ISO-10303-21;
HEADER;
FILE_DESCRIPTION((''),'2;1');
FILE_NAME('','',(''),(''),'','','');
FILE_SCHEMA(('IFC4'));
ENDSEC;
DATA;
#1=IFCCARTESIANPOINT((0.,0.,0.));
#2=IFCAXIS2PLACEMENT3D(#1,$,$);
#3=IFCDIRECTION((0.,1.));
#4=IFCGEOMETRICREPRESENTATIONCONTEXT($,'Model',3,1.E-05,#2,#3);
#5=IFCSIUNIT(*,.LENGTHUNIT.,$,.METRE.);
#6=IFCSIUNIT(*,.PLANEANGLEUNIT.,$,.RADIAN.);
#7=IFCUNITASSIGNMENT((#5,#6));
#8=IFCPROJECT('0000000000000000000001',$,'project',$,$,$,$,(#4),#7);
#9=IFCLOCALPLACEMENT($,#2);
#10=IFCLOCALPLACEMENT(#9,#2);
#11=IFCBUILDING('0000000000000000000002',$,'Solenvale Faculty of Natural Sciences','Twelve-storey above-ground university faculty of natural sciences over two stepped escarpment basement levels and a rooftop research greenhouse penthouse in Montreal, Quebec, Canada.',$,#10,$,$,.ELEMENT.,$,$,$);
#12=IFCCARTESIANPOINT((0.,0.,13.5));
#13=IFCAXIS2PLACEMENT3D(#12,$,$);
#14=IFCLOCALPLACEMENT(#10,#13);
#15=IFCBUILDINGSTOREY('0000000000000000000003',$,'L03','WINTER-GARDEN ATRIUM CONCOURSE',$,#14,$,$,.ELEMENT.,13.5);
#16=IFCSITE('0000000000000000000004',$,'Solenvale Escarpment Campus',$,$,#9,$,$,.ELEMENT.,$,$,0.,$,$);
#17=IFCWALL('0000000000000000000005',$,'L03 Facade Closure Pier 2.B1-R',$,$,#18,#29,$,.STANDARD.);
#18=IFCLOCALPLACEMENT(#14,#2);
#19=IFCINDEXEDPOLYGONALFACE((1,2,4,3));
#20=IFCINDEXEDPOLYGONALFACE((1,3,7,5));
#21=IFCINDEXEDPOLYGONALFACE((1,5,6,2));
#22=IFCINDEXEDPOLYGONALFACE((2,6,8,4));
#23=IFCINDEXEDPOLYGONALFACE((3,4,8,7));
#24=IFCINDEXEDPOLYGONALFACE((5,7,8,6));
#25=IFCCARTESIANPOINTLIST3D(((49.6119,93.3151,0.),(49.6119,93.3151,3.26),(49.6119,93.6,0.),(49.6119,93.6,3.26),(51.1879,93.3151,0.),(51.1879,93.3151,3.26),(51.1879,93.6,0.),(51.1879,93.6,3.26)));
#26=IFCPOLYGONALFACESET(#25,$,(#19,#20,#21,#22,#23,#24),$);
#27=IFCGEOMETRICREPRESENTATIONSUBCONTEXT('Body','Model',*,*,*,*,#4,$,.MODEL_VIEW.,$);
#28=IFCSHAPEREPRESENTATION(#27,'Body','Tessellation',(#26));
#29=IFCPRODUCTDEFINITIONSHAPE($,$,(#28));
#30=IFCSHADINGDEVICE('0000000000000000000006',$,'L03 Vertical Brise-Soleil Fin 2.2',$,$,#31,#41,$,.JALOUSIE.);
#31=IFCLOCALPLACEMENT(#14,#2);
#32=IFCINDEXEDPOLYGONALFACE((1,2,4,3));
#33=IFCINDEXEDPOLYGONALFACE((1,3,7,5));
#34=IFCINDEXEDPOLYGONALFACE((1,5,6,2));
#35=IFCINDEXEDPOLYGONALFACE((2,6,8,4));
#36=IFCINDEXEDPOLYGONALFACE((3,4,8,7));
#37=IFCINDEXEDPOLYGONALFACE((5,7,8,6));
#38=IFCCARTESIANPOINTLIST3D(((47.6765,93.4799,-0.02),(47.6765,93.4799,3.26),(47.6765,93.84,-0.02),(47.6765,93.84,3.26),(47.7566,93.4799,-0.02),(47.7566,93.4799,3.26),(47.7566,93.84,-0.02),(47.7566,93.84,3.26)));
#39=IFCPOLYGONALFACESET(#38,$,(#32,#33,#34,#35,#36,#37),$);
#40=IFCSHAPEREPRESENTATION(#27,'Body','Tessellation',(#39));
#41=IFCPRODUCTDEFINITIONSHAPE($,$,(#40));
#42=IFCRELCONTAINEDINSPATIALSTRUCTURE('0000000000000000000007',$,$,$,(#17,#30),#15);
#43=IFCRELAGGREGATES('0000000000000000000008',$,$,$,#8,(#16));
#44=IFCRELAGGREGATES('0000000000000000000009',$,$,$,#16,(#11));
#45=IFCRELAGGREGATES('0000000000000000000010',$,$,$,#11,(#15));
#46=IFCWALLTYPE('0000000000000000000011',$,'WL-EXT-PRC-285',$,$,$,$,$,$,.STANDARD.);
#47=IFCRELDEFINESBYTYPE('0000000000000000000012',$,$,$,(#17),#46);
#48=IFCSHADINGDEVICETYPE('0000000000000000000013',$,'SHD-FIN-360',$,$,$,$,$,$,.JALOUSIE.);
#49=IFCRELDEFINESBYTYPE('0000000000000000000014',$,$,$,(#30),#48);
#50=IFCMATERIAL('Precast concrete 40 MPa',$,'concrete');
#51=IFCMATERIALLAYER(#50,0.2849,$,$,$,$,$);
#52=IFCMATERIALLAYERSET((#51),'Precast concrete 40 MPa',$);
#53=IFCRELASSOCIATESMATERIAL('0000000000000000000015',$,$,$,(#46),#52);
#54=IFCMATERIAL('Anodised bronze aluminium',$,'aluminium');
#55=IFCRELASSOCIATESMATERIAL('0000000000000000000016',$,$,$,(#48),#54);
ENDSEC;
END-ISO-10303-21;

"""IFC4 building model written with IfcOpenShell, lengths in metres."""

from ifc_helpers import new_model, si_unit, direction, frame, frame_2d, origin, origin_2d, place, context, subcontext, project, spatial, rectangle, extrude, material, layer, layer_set, material_profile, profile_set, type_object, element, save


model = new_model("IFC4")

# Units and contexts
model_context = context("Model", 3, precision=1e-05, world=origin(), true_north=direction((0.0, 1.0)))
body_context = subcontext(model_context, "Body", "Model", "MODEL_VIEW")
ifc_project = project(units=[si_unit("LENGTHUNIT", "METRE"), si_unit("PLANEANGLEUNIT", "RADIAN")], contexts=[model_context])

# Site, building, storey
site_placement = place(None, origin())
site = spatial("IfcSite", under=ifc_project, at=site_placement, Name="Solenvale Escarpment Campus", CompositionType="ELEMENT", RefElevation=0.0)
building_placement = place(site_placement, origin())
building = spatial("IfcBuilding", under=site, at=building_placement, Name="Solenvale Faculty of Natural Sciences", Description="Twelve-storey above-ground university faculty of natural sciences over two stepped escarpment basement levels and a rooftop research greenhouse penthouse in Montreal, Quebec, Canada.", CompositionType="ELEMENT")
storey_placement = place(building_placement, frame((0.0, 0.0, 13.5)))
storey = spatial("IfcBuildingStorey", under=building, at=storey_placement, Name="L03", Description="WINTER-GARDEN ATRIUM CONCOURSE", CompositionType="ELEMENT", Elevation=13.5)

# Shared definitions
ifc_material_1 = material(Name="Anodised bronze aluminium", Category="aluminium")

# Wall
ifc_material_2 = material(Name="Precast concrete 40 MPa", Category="concrete")
ifc_layer_1 = layer(ifc_material_2, 0.2849)
ifc_layer_set_1 = layer_set([ifc_layer_1], Name="Precast concrete 40 MPa")
wall_type = type_object("IfcWallType", Name="WL-EXT-PRC-285", PredefinedType="STANDARD", material=ifc_layer_set_1)
wall_placement = place(storey_placement, frame((51.188, 93.4575, 0.0), z_axis=(0.0, 0.0, 1.0), x_axis=(-1.0, 0.0, 0.0)))
element("IfcWall", 1, at=wall_placement, inside=storey, type_object=wall_type, Name="L03 Facade Closure Pier 2.B1-R", PredefinedType="STANDARD", context=body_context, shape_type="SweptSolid", body=[
    extrude(rectangle(XDim=1.5759, YDim=0.2849, at=frame_2d((0.7881, 0.0))), origin(), (0.0, 0.0, 1.0), 3.26),
])

# Shading device
ifc_material_profile_1 = material_profile(ifc_material_1, rectangle(XDim=0.0801, YDim=0.3601, at=origin_2d()), Name="ALU-FIN-80x360")
ifc_profile_set_1 = profile_set([ifc_material_profile_1], Name="Anodised bronze aluminium")
shading_device_type = type_object("IfcShadingDeviceType", Name="SHD-FIN-360", PredefinedType="JALOUSIE", material=ifc_profile_set_1)
shading_device_placement = place(storey_placement, frame((47.7166, 93.6599, -0.02), z_axis=(0.0, 0.0, 1.0), x_axis=(1.0, 0.0, 0.0)))
element("IfcShadingDevice", 2, at=shading_device_placement, inside=storey, type_object=shading_device_type, Name="L03 Vertical Brise-Soleil Fin 2.2", PredefinedType="JALOUSIE", context=body_context, shape_type="SweptSolid", body=[
    extrude(rectangle(XDim=0.0801, YDim=0.3601, at=origin_2d()), origin(), (0.0, 0.0, 1.0), 3.28),
])

save(model, "model.ifc")
